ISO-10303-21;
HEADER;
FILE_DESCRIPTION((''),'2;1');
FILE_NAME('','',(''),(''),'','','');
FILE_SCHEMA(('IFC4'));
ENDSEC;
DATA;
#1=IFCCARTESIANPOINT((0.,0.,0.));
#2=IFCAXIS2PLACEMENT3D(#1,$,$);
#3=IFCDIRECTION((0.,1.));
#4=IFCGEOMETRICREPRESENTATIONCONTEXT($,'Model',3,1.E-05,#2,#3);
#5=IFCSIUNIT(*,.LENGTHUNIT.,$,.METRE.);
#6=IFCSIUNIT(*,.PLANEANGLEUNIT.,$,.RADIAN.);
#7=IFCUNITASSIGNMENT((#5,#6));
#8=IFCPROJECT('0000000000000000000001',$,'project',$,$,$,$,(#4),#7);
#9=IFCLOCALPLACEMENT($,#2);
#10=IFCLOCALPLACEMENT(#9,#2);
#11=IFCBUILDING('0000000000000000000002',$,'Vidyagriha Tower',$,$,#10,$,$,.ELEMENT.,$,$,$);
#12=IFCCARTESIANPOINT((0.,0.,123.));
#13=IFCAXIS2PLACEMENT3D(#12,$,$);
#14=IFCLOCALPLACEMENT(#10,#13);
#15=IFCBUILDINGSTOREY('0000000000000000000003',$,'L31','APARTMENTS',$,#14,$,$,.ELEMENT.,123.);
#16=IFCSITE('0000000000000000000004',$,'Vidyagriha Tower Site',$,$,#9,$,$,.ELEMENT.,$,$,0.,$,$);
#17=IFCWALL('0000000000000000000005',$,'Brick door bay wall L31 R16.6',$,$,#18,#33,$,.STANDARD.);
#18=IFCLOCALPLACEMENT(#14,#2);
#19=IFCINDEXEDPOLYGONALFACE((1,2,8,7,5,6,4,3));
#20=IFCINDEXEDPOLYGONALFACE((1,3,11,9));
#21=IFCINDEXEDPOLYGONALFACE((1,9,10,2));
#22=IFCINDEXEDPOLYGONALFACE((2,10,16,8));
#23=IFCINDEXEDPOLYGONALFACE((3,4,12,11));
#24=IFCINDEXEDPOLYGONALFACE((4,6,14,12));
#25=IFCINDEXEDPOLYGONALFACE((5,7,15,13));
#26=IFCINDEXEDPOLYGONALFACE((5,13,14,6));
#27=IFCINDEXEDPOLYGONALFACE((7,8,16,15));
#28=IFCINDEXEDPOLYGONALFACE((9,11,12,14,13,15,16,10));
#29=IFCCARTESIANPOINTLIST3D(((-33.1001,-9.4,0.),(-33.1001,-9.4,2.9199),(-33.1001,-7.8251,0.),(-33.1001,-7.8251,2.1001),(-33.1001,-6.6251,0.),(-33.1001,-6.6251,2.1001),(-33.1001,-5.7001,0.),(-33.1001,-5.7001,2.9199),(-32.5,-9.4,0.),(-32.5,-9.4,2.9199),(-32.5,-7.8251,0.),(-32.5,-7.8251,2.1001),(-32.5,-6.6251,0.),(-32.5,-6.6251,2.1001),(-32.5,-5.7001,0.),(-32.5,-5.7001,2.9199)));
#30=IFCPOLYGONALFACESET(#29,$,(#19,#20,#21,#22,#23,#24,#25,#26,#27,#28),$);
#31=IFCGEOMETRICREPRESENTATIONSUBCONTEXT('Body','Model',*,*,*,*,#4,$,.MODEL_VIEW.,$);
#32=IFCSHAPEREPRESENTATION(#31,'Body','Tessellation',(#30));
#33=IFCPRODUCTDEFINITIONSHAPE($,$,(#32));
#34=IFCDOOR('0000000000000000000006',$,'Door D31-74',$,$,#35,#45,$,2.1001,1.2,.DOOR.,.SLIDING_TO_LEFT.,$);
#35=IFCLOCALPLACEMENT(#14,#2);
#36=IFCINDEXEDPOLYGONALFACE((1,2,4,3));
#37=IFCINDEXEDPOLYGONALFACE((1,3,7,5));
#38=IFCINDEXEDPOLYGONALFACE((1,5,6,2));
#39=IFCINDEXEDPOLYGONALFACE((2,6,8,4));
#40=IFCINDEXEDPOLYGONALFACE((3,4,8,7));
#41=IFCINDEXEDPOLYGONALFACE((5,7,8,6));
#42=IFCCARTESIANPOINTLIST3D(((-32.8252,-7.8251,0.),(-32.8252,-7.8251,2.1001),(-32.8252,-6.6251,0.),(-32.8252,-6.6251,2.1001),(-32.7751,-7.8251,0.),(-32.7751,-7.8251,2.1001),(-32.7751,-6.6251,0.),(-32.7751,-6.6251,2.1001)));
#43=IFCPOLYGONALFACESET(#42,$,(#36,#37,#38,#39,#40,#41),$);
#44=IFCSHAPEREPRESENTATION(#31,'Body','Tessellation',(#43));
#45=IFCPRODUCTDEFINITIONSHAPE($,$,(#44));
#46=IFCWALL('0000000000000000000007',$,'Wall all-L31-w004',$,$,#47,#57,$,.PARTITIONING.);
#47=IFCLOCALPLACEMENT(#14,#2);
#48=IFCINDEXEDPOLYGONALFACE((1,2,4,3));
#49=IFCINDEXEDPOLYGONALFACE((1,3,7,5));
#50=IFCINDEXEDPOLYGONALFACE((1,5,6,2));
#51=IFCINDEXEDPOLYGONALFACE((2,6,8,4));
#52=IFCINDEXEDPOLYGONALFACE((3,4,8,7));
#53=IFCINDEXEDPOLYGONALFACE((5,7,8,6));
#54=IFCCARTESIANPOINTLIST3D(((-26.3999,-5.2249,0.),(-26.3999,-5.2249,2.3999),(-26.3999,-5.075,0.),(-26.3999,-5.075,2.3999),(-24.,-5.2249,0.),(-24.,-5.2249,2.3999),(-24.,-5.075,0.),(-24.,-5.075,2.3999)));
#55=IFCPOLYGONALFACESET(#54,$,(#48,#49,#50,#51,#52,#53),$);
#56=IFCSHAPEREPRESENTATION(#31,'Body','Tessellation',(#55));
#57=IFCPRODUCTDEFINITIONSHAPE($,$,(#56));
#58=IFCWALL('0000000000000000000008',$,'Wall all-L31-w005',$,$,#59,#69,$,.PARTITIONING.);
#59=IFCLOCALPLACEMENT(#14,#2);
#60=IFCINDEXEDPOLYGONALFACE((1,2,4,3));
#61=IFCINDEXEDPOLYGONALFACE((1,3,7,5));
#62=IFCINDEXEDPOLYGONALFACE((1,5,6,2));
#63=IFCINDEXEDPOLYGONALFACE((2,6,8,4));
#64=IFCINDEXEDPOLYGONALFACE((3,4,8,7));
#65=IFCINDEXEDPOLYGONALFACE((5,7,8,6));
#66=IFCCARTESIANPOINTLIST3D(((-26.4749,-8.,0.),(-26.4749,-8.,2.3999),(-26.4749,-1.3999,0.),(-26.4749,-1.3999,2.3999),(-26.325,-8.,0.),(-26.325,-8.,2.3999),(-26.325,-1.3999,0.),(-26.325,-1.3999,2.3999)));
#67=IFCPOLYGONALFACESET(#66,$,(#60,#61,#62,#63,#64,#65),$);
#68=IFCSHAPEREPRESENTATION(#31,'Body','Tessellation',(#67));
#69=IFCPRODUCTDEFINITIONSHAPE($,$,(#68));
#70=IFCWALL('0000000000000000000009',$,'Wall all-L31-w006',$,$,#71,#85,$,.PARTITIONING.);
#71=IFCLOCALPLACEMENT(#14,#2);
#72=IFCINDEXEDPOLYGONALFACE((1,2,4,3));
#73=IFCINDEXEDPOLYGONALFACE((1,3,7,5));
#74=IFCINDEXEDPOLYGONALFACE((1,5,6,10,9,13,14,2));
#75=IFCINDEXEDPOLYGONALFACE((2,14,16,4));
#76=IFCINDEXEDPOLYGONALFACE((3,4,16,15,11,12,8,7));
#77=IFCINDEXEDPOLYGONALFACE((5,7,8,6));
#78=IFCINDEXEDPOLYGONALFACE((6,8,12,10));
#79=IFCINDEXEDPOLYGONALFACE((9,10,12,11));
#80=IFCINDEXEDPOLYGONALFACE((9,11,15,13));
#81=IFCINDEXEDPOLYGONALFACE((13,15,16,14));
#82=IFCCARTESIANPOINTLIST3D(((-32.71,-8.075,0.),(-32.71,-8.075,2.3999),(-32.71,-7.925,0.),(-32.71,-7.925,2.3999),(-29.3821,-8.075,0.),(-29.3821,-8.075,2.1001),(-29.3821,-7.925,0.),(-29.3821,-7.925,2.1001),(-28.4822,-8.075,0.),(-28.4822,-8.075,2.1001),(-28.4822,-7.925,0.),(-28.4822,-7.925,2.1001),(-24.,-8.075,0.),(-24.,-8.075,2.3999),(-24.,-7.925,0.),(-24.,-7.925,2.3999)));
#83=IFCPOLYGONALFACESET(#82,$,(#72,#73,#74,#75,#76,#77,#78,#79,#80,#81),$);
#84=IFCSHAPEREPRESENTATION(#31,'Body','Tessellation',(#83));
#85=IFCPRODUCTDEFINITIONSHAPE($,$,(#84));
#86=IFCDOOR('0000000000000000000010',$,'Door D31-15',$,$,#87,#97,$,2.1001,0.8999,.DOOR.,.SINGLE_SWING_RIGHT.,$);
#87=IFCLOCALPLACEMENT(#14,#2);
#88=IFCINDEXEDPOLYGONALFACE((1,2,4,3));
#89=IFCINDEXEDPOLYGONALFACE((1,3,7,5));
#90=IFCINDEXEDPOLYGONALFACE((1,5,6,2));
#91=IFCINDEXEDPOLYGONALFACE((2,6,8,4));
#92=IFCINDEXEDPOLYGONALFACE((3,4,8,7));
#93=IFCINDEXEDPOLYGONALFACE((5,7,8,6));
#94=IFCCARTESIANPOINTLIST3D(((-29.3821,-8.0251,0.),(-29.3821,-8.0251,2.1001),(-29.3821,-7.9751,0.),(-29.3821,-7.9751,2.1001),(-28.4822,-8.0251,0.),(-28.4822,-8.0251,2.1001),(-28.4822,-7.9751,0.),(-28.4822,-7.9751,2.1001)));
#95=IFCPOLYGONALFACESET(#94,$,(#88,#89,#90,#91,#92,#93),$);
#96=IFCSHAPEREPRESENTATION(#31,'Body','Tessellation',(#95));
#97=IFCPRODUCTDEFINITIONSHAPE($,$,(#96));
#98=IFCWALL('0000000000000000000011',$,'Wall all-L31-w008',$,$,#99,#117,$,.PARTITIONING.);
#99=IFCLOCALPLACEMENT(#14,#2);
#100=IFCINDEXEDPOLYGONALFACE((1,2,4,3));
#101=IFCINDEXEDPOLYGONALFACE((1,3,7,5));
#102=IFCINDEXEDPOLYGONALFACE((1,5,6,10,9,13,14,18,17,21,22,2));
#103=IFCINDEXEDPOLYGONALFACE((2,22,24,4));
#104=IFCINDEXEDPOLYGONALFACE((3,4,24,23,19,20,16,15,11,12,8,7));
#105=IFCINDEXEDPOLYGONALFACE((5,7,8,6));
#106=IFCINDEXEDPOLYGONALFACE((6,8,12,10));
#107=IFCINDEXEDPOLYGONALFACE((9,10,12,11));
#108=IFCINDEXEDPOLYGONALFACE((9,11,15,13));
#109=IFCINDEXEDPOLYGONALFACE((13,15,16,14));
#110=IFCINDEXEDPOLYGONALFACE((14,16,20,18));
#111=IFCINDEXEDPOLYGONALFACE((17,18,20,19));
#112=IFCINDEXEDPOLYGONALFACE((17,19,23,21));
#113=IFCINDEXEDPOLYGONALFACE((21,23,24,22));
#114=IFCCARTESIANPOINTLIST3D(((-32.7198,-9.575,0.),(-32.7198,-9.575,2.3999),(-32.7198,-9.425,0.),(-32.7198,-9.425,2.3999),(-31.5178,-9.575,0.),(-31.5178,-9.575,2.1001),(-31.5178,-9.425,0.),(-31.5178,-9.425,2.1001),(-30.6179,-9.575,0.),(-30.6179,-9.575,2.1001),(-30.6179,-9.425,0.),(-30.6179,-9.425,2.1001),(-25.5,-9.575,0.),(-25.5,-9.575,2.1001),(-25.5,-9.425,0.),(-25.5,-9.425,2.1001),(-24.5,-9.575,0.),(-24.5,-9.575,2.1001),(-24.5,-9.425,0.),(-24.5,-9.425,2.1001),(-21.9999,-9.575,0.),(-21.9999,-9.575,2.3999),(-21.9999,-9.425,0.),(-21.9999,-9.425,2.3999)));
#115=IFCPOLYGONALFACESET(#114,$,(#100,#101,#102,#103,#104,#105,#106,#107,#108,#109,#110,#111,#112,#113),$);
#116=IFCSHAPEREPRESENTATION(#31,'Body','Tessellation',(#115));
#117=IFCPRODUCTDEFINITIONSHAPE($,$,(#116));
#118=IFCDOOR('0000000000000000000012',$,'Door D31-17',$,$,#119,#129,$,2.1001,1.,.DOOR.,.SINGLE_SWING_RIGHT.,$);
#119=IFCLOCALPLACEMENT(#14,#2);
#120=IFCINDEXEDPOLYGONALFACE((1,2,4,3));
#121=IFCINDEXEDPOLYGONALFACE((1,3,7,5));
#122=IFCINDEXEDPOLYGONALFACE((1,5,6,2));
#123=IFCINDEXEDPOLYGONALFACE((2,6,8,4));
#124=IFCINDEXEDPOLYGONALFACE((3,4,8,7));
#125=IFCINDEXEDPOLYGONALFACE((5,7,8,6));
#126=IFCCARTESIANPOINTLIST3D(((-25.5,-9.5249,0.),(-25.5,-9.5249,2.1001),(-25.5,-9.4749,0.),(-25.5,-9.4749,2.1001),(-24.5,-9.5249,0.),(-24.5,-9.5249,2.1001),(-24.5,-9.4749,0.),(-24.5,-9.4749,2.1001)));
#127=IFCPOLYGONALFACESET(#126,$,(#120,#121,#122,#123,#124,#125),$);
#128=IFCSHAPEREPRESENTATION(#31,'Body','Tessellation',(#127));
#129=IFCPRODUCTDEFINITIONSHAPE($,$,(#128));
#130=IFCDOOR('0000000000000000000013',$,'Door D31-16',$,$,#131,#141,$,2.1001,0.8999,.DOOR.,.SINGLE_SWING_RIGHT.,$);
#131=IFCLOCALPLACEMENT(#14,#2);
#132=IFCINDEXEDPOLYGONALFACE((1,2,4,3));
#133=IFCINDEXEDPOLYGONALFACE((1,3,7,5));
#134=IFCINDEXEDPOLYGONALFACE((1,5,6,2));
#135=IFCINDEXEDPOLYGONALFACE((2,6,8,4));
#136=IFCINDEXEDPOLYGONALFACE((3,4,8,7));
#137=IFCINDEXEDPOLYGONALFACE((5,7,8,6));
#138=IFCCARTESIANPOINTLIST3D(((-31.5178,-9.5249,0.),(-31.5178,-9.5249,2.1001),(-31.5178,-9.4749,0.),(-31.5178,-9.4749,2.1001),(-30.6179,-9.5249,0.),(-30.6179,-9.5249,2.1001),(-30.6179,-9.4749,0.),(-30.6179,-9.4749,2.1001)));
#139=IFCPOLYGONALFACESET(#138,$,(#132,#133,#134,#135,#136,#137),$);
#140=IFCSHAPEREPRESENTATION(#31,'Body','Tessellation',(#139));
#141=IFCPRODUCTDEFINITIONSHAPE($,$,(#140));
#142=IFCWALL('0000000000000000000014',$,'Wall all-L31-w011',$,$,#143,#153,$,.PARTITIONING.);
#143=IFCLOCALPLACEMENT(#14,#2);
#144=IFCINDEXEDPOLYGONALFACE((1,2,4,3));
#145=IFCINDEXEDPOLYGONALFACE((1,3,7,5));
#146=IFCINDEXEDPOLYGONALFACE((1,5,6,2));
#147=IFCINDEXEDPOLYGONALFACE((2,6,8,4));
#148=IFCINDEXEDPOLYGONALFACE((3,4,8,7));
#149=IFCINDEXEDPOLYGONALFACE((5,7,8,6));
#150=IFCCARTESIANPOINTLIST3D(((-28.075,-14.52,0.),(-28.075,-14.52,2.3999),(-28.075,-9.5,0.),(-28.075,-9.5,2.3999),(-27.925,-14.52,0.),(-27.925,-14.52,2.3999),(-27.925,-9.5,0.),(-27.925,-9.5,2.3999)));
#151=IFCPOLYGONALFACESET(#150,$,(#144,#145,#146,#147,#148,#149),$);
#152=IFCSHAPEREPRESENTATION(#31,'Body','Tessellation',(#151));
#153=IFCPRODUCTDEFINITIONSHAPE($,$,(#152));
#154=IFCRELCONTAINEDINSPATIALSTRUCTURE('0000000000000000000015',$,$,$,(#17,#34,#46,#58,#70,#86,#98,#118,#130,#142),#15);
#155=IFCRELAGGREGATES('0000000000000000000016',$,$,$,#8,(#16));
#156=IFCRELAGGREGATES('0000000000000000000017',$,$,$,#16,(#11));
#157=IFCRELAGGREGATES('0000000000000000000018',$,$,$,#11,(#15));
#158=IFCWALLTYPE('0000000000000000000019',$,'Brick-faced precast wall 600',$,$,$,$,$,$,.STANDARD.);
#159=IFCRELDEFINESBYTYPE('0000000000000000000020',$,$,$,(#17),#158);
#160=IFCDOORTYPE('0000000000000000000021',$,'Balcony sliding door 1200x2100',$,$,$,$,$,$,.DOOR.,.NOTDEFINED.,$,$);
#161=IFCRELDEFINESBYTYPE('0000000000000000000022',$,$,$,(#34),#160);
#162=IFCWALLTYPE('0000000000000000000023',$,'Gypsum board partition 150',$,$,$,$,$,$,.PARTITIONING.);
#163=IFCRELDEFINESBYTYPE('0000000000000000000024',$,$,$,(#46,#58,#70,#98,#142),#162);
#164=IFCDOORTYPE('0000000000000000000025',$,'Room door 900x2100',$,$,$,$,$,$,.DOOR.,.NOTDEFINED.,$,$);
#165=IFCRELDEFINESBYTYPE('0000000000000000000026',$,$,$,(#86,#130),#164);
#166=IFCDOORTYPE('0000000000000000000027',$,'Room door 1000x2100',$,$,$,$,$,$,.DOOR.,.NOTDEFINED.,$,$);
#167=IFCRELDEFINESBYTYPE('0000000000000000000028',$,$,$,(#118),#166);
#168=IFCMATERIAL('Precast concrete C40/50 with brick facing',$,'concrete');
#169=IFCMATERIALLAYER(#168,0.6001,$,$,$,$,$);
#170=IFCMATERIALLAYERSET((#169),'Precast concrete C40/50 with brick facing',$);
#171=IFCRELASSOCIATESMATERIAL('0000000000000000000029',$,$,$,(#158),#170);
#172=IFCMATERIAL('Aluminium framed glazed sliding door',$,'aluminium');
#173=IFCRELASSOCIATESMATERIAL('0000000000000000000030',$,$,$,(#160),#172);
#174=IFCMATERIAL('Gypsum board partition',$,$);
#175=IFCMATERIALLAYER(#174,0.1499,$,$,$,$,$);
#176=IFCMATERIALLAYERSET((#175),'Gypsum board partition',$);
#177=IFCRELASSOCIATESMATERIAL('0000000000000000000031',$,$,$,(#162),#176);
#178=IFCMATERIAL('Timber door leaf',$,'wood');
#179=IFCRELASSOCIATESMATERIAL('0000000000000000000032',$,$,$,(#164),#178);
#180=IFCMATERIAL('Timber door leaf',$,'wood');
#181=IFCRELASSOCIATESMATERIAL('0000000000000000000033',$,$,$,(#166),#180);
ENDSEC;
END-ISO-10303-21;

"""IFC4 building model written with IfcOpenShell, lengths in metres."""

from ifc_helpers import new_model, si_unit, direction, frame, frame_2d, origin, place, context, subcontext, project, spatial, rectangle, extrude, material, layer, layer_set, type_object, element, fill, save


model = new_model("IFC4")

# Units and contexts
model_context = context("Model", 3, precision=1e-05, world=origin(), true_north=direction((0.0, 1.0)))
body_context = subcontext(model_context, "Body", "Model", "MODEL_VIEW")
ifc_project = project(units=[si_unit("LENGTHUNIT", "METRE"), si_unit("PLANEANGLEUNIT", "RADIAN")], contexts=[model_context])

# Site, building, storey
site_placement = place(None, origin())
site = spatial("IfcSite", under=ifc_project, at=site_placement, Name="Vidyagriha Tower Site", CompositionType="ELEMENT", RefElevation=0.0)
building_placement = place(site_placement, origin())
building = spatial("IfcBuilding", under=site, at=building_placement, Name="Vidyagriha Tower", CompositionType="ELEMENT")
storey_placement = place(building_placement, frame((0.0, 0.0, 123.0)))
storey = spatial("IfcBuildingStorey", under=building, at=storey_placement, Name="L31", Description="APARTMENTS", CompositionType="ELEMENT", Elevation=123.0)

# Wall, opening, door
ifc_material_1 = material(Name="Precast concrete C40/50 with brick facing", Category="concrete")
ifc_layer_1 = layer(ifc_material_1, 0.6001)
ifc_layer_set_1 = layer_set([ifc_layer_1], Name="Precast concrete C40/50 with brick facing")
wall_type_1 = type_object("IfcWallType", Name="Brick-faced precast wall 600", PredefinedType="STANDARD", material=ifc_layer_set_1)
wall_1_placement = place(storey_placement, frame((-32.8, -5.7, 0.0), z_axis=(0.0, 0.0, 1.0), x_axis=(0.0, -1.0, 0.0)))
wall_1 = element("IfcWall", 1, at=wall_1_placement, inside=storey, type_object=wall_type_1, Name="Brick door bay wall L31 R16.6", PredefinedType="STANDARD", context=body_context, shape_type="SweptSolid", body=[
    extrude(rectangle(XDim=3.7, YDim=0.6001, at=frame_2d((1.8501, 0.0))), origin(), (0.0, 0.0, 1.0), 2.9199),
])
opening_1_placement = place(wall_1_placement, frame((0.925, 0.0, 0.0)))
opening_1 = element("IfcOpeningElement", 2, at=opening_1_placement, cuts=wall_1, PredefinedType="OPENING", context=body_context, shape_type="SweptSolid", body=[
    extrude(rectangle(XDim=1.2, YDim=2.1001, at=frame_2d((0.6001, 1.05))), frame((0.0, 0.3101, 0.0), z_axis=(0.0, -1.0, 0.0), x_axis=(1.0, 0.0, 0.0)), (0.0, 0.0, 1.0), 0.6201),
])
ifc_material_2 = material(Name="Aluminium framed glazed sliding door", Category="aluminium")
door_type_1 = type_object("IfcDoorType", Name="Balcony sliding door 1200x2100", OperationType="NOTDEFINED", PredefinedType="DOOR", material=ifc_material_2)
door_1_placement = place(opening_1_placement, origin())
door_1 = element("IfcDoor", 3, at=door_1_placement, inside=storey, type_object=door_type_1, Name="Door D31-74", OperationType="SLIDING_TO_LEFT", OverallHeight=2.1001, OverallWidth=1.2, PredefinedType="DOOR", context=body_context, shape_type="SweptSolid", body=[
    extrude(rectangle(XDim=1.2, YDim=2.1001, at=frame_2d((0.6001, 1.05))), frame((0.0, 0.0249, 0.0), z_axis=(0.0, -1.0, 0.0), x_axis=(1.0, 0.0, 0.0)), (0.0, 0.0, 1.0), 0.05),
])
fill(opening_1, door_1)

# Walls
ifc_material_3 = material(Name="Gypsum board partition")
ifc_layer_2 = layer(ifc_material_3, 0.1499)
ifc_layer_set_2 = layer_set([ifc_layer_2], Name="Gypsum board partition")
wall_type_2 = type_object("IfcWallType", Name="Gypsum board partition 150", PredefinedType="PARTITIONING", material=ifc_layer_set_2)
wall_2_placement = place(storey_placement, frame((-24.0, -5.1499, 0.0), z_axis=(0.0, 0.0, 1.0), x_axis=(-1.0, 0.0, 0.0)))
element("IfcWall", 4, at=wall_2_placement, inside=storey, type_object=wall_type_2, Name="Wall all-L31-w004", PredefinedType="PARTITIONING", context=body_context, shape_type="SweptSolid", body=[
    extrude(rectangle(XDim=2.3999, YDim=0.1499, at=frame_2d((1.2, 0.0))), origin(), (0.0, 0.0, 1.0), 2.3999),
])
wall_3_placement = place(storey_placement, frame((-26.3999, -8.0, 0.0), z_axis=(0.0, 0.0, 1.0), x_axis=(0.0, 1.0, 0.0)))
element("IfcWall", 5, at=wall_3_placement, inside=storey, type_object=wall_type_2, Name="Wall all-L31-w005", PredefinedType="PARTITIONING", context=body_context, shape_type="SweptSolid", body=[
    extrude(rectangle(XDim=6.6001, YDim=0.1499, at=frame_2d((3.3, 0.0))), origin(), (0.0, 0.0, 1.0), 2.3999),
])

# Wall, opening, door
wall_4_placement = place(storey_placement, frame((-32.71, -8.0, 0.0)))
wall_4 = element("IfcWall", 6, at=wall_4_placement, inside=storey, type_object=wall_type_2, Name="Wall all-L31-w006", PredefinedType="PARTITIONING", context=body_context, shape_type="SweptSolid", body=[
    extrude(rectangle(XDim=8.71, YDim=0.1499, at=frame_2d((4.355, 0.0))), origin(), (0.0, 0.0, 1.0), 2.3999),
])
opening_2_placement = place(wall_4_placement, frame((3.3279, 0.0, 0.0)))
opening_2 = element("IfcOpeningElement", 7, at=opening_2_placement, cuts=wall_4, PredefinedType="OPENING", context=body_context, shape_type="SweptSolid", body=[
    extrude(rectangle(XDim=0.8999, YDim=2.1001, at=frame_2d((0.45, 1.05))), frame((0.0, 0.085, 0.0), z_axis=(0.0, -1.0, 0.0), x_axis=(1.0, 0.0, 0.0)), (0.0, 0.0, 1.0), 0.1699),
])
ifc_material_4 = material(Name="Timber door leaf", Category="wood")
door_type_2 = type_object("IfcDoorType", Name="Room door 900x2100", OperationType="NOTDEFINED", PredefinedType="DOOR", material=ifc_material_4)
door_2_placement = place(opening_2_placement, origin())
door_2 = element("IfcDoor", 8, at=door_2_placement, inside=storey, type_object=door_type_2, Name="Door D31-15", OperationType="SINGLE_SWING_RIGHT", OverallHeight=2.1001, OverallWidth=0.8999, PredefinedType="DOOR", context=body_context, shape_type="SweptSolid", body=[
    extrude(rectangle(XDim=0.8999, YDim=2.1001, at=frame_2d((0.45, 1.05))), frame((0.0, 0.0249, 0.0), z_axis=(0.0, -1.0, 0.0), x_axis=(1.0, 0.0, 0.0)), (0.0, 0.0, 1.0), 0.05),
])
fill(opening_2, door_2)

# Wall, openings, doors
wall_5_placement = place(storey_placement, frame((-22.0, -9.5, 0.0), z_axis=(0.0, 0.0, 1.0), x_axis=(-1.0, 0.0, 0.0)))
wall_5 = element("IfcWall", 9, at=wall_5_placement, inside=storey, type_object=wall_type_2, Name="Wall all-L31-w008", PredefinedType="PARTITIONING", context=body_context, shape_type="SweptSolid", body=[
    extrude(rectangle(XDim=10.72, YDim=0.1499, at=frame_2d((5.3599, 0.0))), origin(), (0.0, 0.0, 1.0), 2.3999),
])
opening_3_placement = place(wall_5_placement, frame((8.6179, 0.0, 0.0)))
opening_3 = element("IfcOpeningElement", 10, at=opening_3_placement, cuts=wall_5, PredefinedType="OPENING", context=body_context, shape_type="SweptSolid", body=[
    extrude(rectangle(XDim=0.8999, YDim=2.1001, at=frame_2d((0.45, 1.05))), frame((0.0, 0.085, 0.0), z_axis=(0.0, -1.0, 0.0), x_axis=(1.0, 0.0, 0.0)), (0.0, 0.0, 1.0), 0.1699),
])
opening_4_placement = place(wall_5_placement, frame((2.5, 0.0, 0.0)))
opening_4 = element("IfcOpeningElement", 11, at=opening_4_placement, cuts=wall_5, PredefinedType="OPENING", context=body_context, shape_type="SweptSolid", body=[
    extrude(rectangle(XDim=1.0, YDim=2.1001, at=frame_2d((0.5, 1.05))), frame((0.0, 0.085, 0.0), z_axis=(0.0, -1.0, 0.0), x_axis=(1.0, 0.0, 0.0)), (0.0, 0.0, 1.0), 0.1699),
])
ifc_material_5 = material(Name="Timber door leaf", Category="wood")
door_type_3 = type_object("IfcDoorType", Name="Room door 1000x2100", OperationType="NOTDEFINED", PredefinedType="DOOR", material=ifc_material_5)
door_3_placement = place(opening_4_placement, origin())
door_3 = element("IfcDoor", 12, at=door_3_placement, inside=storey, type_object=door_type_3, Name="Door D31-17", OperationType="SINGLE_SWING_RIGHT", OverallHeight=2.1001, OverallWidth=1.0, PredefinedType="DOOR", context=body_context, shape_type="SweptSolid", body=[
    extrude(rectangle(XDim=1.0, YDim=2.1001, at=frame_2d((0.5, 1.05))), frame((0.0, 0.0249, 0.0), z_axis=(0.0, -1.0, 0.0), x_axis=(1.0, 0.0, 0.0)), (0.0, 0.0, 1.0), 0.05),
])
fill(opening_4, door_3)
door_4_placement = place(opening_3_placement, origin())
door_4 = element("IfcDoor", 13, at=door_4_placement, inside=storey, type_object=door_type_2, Name="Door D31-16", OperationType="SINGLE_SWING_RIGHT", OverallHeight=2.1001, OverallWidth=0.8999, PredefinedType="DOOR", context=body_context, shape_type="SweptSolid", body=[
    extrude(rectangle(XDim=0.8999, YDim=2.1001, at=frame_2d((0.45, 1.05))), frame((0.0, 0.0249, 0.0), z_axis=(0.0, -1.0, 0.0), x_axis=(1.0, 0.0, 0.0)), (0.0, 0.0, 1.0), 0.05),
])
fill(opening_3, door_4)

# Wall
wall_6_placement = place(storey_placement, frame((-28.0, -9.5, 0.0), z_axis=(0.0, 0.0, 1.0), x_axis=(0.0, -1.0, 0.0)))
element("IfcWall", 14, at=wall_6_placement, inside=storey, type_object=wall_type_2, Name="Wall all-L31-w011", PredefinedType="PARTITIONING", context=body_context, shape_type="SweptSolid", body=[
    extrude(rectangle(XDim=5.02, YDim=0.1499, at=frame_2d((2.51, 0.0))), origin(), (0.0, 0.0, 1.0), 2.3999),
])

save(model, "model.ifc")
